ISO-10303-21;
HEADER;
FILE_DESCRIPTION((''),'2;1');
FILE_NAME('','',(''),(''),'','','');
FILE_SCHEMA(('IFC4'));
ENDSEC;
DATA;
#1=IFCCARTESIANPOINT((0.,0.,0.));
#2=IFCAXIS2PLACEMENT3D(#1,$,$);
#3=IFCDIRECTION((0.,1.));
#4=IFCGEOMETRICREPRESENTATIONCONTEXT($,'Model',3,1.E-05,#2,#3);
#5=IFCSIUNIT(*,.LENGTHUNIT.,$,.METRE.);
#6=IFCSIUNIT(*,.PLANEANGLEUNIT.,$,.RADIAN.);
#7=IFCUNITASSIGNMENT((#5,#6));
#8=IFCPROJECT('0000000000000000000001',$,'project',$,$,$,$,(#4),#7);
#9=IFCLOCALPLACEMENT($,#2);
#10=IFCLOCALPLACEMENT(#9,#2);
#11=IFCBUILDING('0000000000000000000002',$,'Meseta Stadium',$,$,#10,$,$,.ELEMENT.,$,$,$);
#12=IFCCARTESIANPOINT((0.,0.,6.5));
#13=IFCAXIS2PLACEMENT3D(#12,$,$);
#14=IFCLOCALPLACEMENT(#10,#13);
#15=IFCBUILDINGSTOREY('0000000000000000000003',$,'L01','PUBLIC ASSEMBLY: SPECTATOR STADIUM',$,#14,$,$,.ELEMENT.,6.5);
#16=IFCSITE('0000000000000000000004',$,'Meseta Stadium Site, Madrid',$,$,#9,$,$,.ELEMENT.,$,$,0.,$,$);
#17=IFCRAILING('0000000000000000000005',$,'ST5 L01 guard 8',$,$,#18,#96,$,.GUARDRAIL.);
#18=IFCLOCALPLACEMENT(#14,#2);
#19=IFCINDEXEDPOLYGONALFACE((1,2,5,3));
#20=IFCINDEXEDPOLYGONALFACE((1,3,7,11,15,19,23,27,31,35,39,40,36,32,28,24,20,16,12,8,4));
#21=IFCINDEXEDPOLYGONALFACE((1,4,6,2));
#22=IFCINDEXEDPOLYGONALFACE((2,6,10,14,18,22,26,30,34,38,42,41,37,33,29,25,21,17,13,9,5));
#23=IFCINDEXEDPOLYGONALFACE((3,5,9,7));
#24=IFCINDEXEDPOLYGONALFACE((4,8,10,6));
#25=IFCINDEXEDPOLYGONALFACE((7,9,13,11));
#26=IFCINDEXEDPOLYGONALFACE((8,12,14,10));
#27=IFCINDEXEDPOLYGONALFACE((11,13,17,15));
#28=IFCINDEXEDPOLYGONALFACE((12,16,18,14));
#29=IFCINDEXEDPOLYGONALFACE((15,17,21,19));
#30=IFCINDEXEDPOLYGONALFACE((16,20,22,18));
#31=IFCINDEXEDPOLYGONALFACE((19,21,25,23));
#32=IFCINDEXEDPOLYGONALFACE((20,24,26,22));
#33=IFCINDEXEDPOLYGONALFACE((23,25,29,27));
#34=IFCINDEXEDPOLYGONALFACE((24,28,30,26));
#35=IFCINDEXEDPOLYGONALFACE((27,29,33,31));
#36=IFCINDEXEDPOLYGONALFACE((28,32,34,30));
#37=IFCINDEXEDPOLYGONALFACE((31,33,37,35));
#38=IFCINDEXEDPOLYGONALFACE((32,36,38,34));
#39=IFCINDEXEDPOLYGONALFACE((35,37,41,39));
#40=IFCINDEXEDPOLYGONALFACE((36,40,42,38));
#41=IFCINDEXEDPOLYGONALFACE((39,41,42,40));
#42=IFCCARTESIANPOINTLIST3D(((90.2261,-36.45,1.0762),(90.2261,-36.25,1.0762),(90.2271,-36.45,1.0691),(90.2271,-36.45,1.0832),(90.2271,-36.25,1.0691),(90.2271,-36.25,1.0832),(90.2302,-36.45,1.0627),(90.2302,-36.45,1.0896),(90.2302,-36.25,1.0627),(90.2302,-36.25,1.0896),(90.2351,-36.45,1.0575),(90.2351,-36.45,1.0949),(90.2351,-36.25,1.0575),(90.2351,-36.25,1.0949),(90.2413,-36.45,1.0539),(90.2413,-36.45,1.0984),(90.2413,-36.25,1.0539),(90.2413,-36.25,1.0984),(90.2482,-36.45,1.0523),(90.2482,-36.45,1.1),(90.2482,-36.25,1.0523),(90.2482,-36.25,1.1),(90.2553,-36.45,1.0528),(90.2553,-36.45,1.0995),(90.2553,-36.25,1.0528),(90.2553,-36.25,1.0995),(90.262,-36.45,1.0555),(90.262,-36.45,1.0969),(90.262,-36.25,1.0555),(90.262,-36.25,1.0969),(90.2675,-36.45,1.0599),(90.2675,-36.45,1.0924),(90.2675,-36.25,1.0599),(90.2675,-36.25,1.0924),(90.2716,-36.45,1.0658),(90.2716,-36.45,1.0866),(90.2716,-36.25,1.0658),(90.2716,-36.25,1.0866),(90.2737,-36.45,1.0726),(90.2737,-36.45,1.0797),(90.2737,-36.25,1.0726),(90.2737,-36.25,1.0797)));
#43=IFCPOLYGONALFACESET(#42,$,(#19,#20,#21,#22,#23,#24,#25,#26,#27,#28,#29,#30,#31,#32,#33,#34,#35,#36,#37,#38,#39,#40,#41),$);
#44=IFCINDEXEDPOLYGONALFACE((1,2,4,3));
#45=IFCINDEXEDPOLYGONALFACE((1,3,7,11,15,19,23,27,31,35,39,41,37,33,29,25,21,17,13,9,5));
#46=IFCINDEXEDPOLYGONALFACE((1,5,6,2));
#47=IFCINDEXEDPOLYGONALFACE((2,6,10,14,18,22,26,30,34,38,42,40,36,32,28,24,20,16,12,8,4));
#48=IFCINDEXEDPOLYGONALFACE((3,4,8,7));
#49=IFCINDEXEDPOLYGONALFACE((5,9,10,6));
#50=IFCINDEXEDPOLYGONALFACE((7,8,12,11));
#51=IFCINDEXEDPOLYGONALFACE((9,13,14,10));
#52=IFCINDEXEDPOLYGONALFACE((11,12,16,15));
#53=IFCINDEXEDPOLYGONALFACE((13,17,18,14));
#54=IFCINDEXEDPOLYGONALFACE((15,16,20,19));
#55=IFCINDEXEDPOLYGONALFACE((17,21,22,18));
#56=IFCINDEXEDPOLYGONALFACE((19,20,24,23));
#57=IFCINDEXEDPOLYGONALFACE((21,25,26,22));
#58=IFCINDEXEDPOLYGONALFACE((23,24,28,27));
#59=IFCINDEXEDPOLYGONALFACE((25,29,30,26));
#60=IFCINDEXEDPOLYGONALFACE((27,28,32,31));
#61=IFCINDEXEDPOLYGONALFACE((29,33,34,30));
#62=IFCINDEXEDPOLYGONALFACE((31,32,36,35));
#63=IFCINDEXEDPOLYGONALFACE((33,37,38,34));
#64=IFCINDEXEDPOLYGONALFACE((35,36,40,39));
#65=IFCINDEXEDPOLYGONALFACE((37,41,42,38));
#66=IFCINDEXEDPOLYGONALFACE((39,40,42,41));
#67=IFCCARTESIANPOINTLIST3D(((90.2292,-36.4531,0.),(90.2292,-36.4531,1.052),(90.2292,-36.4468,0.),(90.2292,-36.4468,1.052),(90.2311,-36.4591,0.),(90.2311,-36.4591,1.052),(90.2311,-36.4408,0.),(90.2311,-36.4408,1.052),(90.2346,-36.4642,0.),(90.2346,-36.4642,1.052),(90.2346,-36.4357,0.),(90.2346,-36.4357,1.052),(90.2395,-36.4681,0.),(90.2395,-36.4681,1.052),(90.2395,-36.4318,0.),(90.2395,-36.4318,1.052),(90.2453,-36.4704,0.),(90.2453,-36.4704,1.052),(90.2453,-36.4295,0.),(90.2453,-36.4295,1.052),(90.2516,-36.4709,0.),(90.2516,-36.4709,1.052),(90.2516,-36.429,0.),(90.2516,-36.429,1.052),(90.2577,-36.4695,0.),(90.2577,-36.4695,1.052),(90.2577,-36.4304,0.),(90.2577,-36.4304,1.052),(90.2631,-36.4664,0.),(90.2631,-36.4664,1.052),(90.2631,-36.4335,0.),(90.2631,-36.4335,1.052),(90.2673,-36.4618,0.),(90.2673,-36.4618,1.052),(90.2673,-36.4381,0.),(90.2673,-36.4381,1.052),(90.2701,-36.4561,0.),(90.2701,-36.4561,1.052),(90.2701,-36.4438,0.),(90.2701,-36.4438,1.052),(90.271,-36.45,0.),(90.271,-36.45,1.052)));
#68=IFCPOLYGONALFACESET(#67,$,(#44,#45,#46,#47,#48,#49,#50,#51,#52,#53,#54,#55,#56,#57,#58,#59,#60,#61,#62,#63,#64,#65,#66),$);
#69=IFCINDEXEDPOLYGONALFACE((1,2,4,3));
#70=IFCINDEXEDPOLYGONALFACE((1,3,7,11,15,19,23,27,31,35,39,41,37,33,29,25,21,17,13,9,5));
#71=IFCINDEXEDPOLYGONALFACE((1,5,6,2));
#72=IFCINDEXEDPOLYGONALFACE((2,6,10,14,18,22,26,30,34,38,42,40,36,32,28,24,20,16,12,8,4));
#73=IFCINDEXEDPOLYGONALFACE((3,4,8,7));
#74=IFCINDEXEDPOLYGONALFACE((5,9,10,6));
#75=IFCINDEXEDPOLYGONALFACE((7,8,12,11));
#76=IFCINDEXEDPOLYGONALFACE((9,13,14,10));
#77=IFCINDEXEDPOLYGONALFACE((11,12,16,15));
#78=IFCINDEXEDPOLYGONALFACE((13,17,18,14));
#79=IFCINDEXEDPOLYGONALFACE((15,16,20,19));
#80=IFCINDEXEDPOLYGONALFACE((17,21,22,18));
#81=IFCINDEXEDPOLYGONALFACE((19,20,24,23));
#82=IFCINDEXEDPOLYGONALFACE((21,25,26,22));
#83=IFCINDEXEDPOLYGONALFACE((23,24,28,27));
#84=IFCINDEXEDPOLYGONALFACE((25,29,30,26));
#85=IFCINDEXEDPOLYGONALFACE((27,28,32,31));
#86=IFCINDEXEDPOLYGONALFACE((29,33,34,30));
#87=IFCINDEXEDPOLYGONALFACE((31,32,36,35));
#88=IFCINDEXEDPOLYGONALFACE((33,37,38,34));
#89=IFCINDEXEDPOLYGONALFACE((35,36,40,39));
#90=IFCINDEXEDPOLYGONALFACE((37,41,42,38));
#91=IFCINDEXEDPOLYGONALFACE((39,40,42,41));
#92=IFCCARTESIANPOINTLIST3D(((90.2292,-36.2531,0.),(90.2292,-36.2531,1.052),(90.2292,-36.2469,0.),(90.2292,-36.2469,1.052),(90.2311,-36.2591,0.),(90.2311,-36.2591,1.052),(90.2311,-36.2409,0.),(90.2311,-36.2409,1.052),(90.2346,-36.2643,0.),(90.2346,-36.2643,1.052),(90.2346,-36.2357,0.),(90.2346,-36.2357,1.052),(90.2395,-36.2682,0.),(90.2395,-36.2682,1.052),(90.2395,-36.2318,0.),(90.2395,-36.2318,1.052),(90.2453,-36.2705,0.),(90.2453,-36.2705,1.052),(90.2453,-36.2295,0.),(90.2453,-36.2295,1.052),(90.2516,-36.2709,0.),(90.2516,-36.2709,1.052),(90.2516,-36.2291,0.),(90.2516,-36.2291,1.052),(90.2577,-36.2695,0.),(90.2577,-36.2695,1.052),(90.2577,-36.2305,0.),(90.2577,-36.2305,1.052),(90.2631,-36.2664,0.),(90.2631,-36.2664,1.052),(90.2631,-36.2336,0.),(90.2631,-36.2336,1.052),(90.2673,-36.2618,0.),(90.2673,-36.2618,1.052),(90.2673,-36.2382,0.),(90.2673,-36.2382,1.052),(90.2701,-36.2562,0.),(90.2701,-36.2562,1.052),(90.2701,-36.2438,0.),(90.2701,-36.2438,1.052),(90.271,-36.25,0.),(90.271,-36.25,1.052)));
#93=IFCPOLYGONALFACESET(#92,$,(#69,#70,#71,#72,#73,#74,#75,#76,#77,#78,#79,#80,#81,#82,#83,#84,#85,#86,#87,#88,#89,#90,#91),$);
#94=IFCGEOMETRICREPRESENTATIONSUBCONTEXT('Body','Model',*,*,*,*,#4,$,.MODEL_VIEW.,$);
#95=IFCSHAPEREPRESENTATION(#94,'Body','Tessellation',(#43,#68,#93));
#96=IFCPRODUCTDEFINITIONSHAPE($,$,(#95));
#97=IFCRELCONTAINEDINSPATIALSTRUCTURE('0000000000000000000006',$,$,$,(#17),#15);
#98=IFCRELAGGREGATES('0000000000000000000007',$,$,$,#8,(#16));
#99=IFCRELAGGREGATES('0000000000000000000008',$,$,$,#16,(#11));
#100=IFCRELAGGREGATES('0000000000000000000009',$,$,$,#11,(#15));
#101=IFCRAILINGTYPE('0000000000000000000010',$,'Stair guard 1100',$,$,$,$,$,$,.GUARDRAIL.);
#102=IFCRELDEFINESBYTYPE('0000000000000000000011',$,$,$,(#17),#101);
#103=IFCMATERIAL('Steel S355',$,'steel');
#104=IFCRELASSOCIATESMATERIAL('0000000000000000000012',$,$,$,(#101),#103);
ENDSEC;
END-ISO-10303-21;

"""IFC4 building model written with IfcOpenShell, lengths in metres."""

from ifc_helpers import new_model, si_unit, direction, frame, origin, origin_2d, place, context, subcontext, project, spatial, circle, extrude, material, type_object, element, save


model = new_model("IFC4")

# Units and contexts
model_context = context("Model", 3, precision=1e-05, world=origin(), true_north=direction((0.0, 1.0)))
body_context = subcontext(model_context, "Body", "Model", "MODEL_VIEW")
ifc_project = project(units=[si_unit("LENGTHUNIT", "METRE"), si_unit("PLANEANGLEUNIT", "RADIAN")], contexts=[model_context])

# Site, building, storey
site_placement = place(None, origin())
site = spatial("IfcSite", under=ifc_project, at=site_placement, Name="Meseta Stadium Site, Madrid", CompositionType="ELEMENT", RefElevation=0.0)
building_placement = place(site_placement, origin())
building = spatial("IfcBuilding", under=site, at=building_placement, Name="Meseta Stadium", CompositionType="ELEMENT")
storey_placement = place(building_placement, frame((0.0, 0.0, 6.5)))
storey = spatial("IfcBuildingStorey", under=building, at=storey_placement, Name="L01", Description="PUBLIC ASSEMBLY: SPECTATOR STADIUM", CompositionType="ELEMENT", Elevation=6.5)

# Railing
ifc_material_1 = material(Name="Steel S355", Category="steel")
railing_type_1 = type_object("IfcRailingType", Name="Stair guard 1100", PredefinedType="GUARDRAIL", material=ifc_material_1)
railing_1_placement = place(storey_placement, frame((90.25, -36.45, 0.0)))
element("IfcRailing", 1, at=railing_1_placement, inside=storey, type_object=railing_type_1, Name="ST5 L01 guard 8", PredefinedType="GUARDRAIL", context=body_context, shape_type="SweptSolid", body=[
    extrude(circle(Radius=0.0239, at=origin_2d()), frame((0.0, 0.0, 1.0762), z_axis=(0.0, 1.0, 0.0), x_axis=(-1.0, 0.0, 0.0)), (0.0, 0.0, 1.0), 0.2),
    extrude(circle(Radius=0.021, at=origin_2d()), origin(), (0.0, 0.0, 1.0), 1.052),
    extrude(circle(Radius=0.021, at=origin_2d()), frame((0.0, 0.2, 0.0)), (0.0, 0.0, 1.0), 1.052),
])

save(model, "model.ifc")
